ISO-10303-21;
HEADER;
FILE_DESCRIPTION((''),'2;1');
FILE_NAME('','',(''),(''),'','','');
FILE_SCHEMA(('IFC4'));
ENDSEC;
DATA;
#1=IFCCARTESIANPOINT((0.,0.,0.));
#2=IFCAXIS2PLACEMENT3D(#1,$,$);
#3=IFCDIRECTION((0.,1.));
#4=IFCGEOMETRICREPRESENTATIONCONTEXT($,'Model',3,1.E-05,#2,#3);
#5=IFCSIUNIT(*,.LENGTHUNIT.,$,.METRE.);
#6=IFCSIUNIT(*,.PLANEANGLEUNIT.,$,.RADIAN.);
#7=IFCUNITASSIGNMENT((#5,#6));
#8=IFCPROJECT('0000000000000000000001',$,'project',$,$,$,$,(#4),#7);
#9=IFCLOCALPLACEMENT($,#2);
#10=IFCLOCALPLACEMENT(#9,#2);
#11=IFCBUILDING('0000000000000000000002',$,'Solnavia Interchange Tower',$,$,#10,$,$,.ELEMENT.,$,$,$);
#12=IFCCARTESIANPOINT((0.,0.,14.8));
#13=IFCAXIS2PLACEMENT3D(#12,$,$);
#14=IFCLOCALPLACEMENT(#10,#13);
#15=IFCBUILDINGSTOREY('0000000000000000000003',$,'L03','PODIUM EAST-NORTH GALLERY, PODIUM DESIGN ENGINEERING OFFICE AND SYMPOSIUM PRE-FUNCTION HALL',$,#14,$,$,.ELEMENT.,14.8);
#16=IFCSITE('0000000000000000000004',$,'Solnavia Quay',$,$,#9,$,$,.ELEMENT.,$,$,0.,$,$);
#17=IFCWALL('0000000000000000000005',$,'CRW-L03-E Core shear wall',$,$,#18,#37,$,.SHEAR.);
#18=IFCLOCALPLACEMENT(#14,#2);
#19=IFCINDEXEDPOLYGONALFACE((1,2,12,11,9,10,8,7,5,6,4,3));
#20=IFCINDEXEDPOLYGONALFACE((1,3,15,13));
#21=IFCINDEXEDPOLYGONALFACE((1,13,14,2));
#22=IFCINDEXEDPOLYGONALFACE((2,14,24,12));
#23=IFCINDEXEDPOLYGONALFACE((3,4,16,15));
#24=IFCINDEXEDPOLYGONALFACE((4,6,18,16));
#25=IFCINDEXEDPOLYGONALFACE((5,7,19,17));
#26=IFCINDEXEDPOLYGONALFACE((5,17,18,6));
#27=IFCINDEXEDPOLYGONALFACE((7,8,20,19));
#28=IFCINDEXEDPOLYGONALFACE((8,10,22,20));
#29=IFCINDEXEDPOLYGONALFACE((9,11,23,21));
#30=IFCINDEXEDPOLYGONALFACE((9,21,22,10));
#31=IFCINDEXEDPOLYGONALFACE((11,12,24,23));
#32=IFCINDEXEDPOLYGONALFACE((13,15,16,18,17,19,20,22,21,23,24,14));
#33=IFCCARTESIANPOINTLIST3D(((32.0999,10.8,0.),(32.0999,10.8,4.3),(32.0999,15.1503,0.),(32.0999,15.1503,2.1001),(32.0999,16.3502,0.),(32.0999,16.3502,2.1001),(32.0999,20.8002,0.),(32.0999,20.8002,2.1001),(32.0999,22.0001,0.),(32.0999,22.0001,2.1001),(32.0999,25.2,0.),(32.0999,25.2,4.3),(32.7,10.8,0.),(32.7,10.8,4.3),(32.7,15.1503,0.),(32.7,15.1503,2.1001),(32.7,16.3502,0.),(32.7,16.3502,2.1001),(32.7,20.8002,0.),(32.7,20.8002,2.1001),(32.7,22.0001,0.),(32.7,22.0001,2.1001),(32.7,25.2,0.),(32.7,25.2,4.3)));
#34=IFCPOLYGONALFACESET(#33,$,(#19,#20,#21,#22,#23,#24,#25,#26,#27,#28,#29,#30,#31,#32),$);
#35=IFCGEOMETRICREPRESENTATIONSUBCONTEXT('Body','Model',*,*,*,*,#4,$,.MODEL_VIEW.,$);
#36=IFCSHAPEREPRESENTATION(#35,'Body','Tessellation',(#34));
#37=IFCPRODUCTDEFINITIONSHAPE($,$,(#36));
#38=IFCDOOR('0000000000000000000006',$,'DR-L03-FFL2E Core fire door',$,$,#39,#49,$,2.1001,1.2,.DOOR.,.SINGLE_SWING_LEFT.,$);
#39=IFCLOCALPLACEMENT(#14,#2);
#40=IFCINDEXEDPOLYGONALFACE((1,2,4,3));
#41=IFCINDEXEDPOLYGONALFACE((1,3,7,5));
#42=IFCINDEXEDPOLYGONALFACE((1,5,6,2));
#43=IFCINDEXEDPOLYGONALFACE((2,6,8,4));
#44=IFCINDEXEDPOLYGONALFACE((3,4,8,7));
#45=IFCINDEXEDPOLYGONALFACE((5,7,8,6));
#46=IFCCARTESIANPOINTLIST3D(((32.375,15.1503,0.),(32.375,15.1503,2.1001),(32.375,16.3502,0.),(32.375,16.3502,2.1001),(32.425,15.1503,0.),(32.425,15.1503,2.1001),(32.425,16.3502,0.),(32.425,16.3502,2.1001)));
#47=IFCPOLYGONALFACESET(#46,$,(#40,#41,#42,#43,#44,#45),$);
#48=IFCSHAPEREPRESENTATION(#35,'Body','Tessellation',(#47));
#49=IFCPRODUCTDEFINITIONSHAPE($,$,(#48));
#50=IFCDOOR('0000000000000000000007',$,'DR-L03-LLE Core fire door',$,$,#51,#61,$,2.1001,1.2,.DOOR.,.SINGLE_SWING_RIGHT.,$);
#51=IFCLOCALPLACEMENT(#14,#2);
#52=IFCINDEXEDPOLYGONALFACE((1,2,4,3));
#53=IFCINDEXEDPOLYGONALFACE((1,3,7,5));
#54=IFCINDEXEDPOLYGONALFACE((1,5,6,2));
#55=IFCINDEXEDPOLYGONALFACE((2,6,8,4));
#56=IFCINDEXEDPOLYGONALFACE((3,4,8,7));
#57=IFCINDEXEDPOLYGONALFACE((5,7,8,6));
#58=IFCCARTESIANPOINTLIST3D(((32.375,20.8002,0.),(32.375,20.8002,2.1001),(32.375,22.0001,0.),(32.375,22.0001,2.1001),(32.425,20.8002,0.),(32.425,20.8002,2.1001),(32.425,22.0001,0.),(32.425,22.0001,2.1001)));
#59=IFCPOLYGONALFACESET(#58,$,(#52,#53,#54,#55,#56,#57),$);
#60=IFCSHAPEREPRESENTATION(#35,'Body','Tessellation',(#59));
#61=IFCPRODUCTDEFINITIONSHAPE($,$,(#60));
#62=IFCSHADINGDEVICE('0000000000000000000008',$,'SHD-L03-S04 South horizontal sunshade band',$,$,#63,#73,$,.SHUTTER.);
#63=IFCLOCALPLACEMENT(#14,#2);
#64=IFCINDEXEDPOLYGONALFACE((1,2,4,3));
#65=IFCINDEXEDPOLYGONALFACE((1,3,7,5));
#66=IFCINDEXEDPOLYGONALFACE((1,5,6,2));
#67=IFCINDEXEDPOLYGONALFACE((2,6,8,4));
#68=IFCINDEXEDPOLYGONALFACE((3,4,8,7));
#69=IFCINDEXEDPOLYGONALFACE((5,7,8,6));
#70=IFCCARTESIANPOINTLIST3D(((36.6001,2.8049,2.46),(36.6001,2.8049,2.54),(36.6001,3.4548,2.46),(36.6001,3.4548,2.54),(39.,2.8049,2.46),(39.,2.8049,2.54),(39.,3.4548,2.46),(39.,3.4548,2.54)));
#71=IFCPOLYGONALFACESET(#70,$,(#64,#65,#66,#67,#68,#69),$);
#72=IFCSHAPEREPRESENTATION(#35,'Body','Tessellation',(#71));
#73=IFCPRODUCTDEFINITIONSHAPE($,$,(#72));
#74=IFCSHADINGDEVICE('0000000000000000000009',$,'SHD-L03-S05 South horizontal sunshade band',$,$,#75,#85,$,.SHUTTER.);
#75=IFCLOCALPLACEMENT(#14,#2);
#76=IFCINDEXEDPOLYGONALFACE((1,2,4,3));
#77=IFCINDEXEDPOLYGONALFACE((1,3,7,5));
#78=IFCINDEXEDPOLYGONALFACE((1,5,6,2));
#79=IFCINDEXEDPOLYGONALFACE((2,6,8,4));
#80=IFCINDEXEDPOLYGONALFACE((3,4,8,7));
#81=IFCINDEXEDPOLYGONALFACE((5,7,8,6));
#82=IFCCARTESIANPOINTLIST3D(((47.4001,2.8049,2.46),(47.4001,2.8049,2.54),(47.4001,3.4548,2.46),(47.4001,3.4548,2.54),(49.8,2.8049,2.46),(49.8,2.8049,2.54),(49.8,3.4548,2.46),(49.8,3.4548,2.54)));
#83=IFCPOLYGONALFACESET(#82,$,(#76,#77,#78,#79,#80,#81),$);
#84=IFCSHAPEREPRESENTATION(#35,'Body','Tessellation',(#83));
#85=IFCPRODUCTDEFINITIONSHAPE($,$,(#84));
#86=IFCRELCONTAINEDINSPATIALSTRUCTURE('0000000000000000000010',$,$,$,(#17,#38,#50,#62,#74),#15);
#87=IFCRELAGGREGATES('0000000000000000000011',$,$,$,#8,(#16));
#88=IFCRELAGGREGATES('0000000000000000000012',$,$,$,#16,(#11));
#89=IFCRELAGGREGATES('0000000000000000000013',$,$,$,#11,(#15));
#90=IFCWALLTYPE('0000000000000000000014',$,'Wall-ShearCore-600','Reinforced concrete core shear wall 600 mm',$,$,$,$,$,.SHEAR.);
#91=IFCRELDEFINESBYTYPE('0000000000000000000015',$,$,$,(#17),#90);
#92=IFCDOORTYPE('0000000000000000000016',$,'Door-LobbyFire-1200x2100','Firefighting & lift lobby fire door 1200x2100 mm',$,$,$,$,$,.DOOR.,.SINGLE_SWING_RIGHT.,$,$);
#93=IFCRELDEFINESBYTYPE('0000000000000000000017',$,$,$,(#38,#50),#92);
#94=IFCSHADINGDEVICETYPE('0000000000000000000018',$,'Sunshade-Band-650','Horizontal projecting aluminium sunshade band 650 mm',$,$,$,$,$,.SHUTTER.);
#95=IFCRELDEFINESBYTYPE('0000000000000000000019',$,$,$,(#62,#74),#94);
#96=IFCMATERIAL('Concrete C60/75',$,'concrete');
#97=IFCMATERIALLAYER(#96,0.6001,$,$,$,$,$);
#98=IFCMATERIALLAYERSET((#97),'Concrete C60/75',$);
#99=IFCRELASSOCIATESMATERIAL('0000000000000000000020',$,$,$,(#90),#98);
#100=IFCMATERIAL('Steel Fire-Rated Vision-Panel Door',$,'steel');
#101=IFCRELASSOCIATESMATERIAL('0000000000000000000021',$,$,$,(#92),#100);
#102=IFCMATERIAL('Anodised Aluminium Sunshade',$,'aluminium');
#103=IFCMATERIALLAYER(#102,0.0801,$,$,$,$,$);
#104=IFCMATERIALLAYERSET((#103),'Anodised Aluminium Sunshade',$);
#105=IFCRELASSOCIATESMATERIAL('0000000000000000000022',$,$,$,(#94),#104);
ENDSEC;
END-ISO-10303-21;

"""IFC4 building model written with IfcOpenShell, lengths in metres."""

from ifc_helpers import new_model, si_unit, direction, frame, frame_2d, origin, origin_2d, place, context, subcontext, project, spatial, rectangle, extrude, material, layer, layer_set, type_object, element, fill, save


model = new_model("IFC4")

# Units and contexts
model_context = context("Model", 3, precision=1e-05, world=origin(), true_north=direction((0.0, 1.0)))
body_context = subcontext(model_context, "Body", "Model", "MODEL_VIEW")
ifc_project = project(units=[si_unit("LENGTHUNIT", "METRE"), si_unit("PLANEANGLEUNIT", "RADIAN")], contexts=[model_context])

# Site, building, storey
site_placement = place(None, origin())
site = spatial("IfcSite", under=ifc_project, at=site_placement, Name="Solnavia Quay", CompositionType="ELEMENT", RefElevation=0.0)
building_placement = place(site_placement, origin())
building = spatial("IfcBuilding", under=site, at=building_placement, Name="Solnavia Interchange Tower", CompositionType="ELEMENT")
storey_placement = place(building_placement, frame((0.0, 0.0, 14.8)))
storey = spatial("IfcBuildingStorey", under=building, at=storey_placement, Name="L03", Description="PODIUM EAST-NORTH GALLERY, PODIUM DESIGN ENGINEERING OFFICE AND SYMPOSIUM PRE-FUNCTION HALL", CompositionType="ELEMENT", Elevation=14.8)

# Shared definitions
ifc_material_1 = material(Name="Concrete C60/75", Category="concrete")

# Wall, openings, doors
ifc_layer_1 = layer(ifc_material_1, 0.6001)
ifc_layer_set_1 = layer_set([ifc_layer_1], Name="Concrete C60/75")
wall_type_1 = type_object("IfcWallType", Name="Wall-ShearCore-600", Description="Reinforced concrete core shear wall 600 mm", PredefinedType="SHEAR", material=ifc_layer_set_1)
wall_1_placement = place(storey_placement, frame((32.3999, 10.8, 0.0), z_axis=(0.0, 0.0, 1.0), x_axis=(0.0, 1.0, 0.0)))
wall_1 = element("IfcWall", 1, at=wall_1_placement, inside=storey, type_object=wall_type_1, Name="CRW-L03-E Core shear wall", PredefinedType="SHEAR", context=body_context, shape_type="SweptSolid", body=[
    extrude(rectangle(XDim=14.3999, YDim=0.6001, at=frame_2d((7.2, 0.0))), origin(), (0.0, 0.0, 1.0), 4.3),
])
opening_1_placement = place(wall_1_placement, frame((4.3501, 0.0, 0.0)))
opening_1 = element("IfcOpeningElement", 2, at=opening_1_placement, cuts=wall_1, PredefinedType="OPENING", context=body_context, shape_type="SweptSolid", body=[
    extrude(rectangle(XDim=1.2, YDim=2.1001, at=frame_2d((0.6001, 1.05))), frame((0.0, 0.3101, 0.0), z_axis=(0.0, -1.0, 0.0), x_axis=(1.0, 0.0, 0.0)), (0.0, 0.0, 1.0), 0.6201),
])
opening_2_placement = place(wall_1_placement, frame((10.0, 0.0, 0.0)))
opening_2 = element("IfcOpeningElement", 3, at=opening_2_placement, cuts=wall_1, PredefinedType="OPENING", context=body_context, shape_type="SweptSolid", body=[
    extrude(rectangle(XDim=1.2, YDim=2.1001, at=frame_2d((0.6001, 1.05))), frame((0.0, 0.3101, 0.0), z_axis=(0.0, -1.0, 0.0), x_axis=(1.0, 0.0, 0.0)), (0.0, 0.0, 1.0), 0.6201),
])
ifc_material_2 = material(Name="Steel Fire-Rated Vision-Panel Door", Category="steel")
door_type_1 = type_object("IfcDoorType", Name="Door-LobbyFire-1200x2100", Description="Firefighting & lift lobby fire door 1200x2100 mm", OperationType="SINGLE_SWING_RIGHT", PredefinedType="DOOR", material=ifc_material_2)
door_1_placement = place(opening_1_placement, origin())
door_1 = element("IfcDoor", 4, at=door_1_placement, inside=storey, type_object=door_type_1, Name="DR-L03-FFL2E Core fire door", OperationType="SINGLE_SWING_LEFT", OverallHeight=2.1001, OverallWidth=1.2, PredefinedType="DOOR", context=body_context, shape_type="SweptSolid", body=[
    extrude(rectangle(XDim=1.2, YDim=2.1001, at=frame_2d((0.6001, 1.05))), frame((0.0, 0.0249, 0.0), z_axis=(0.0, -1.0, 0.0), x_axis=(1.0, 0.0, 0.0)), (0.0, 0.0, 1.0), 0.05),
])
fill(opening_1, door_1)
door_2_placement = place(opening_2_placement, origin())
door_2 = element("IfcDoor", 5, at=door_2_placement, inside=storey, type_object=door_type_1, Name="DR-L03-LLE Core fire door", OperationType="SINGLE_SWING_RIGHT", OverallHeight=2.1001, OverallWidth=1.2, PredefinedType="DOOR", context=body_context, shape_type="SweptSolid", body=[
    extrude(rectangle(XDim=1.2, YDim=2.1001, at=frame_2d((0.6001, 1.05))), frame((0.0, 0.0249, 0.0), z_axis=(0.0, -1.0, 0.0), x_axis=(1.0, 0.0, 0.0)), (0.0, 0.0, 1.0), 0.05),
])
fill(opening_2, door_2)

# Shading devices
ifc_material_3 = material(Name="Anodised Aluminium Sunshade", Category="aluminium")
ifc_layer_2 = layer(ifc_material_3, 0.0801)
ifc_layer_set_2 = layer_set([ifc_layer_2], Name="Anodised Aluminium Sunshade")
shading_device_type = type_object("IfcShadingDeviceType", Name="Sunshade-Band-650", Description="Horizontal projecting aluminium sunshade band 650 mm", PredefinedType="SHUTTER", material=ifc_layer_set_2)
for number, where, z_axis, x_axis, name in (
    (6, (37.8, 3.1299, 2.46), (0.0, 0.0, 1.0), (1.0, 0.0, 0.0), "SHD-L03-S04 South horizontal sunshade band"),
    (7, (48.6001, 3.1299, 2.46), (0.0, 0.0, 1.0), (1.0, 0.0, 0.0), "SHD-L03-S05 South horizontal sunshade band"),
):
    element("IfcShadingDevice", number, at=place(storey_placement, frame(where, z_axis=z_axis, x_axis=x_axis)), inside=storey, type_object=shading_device_type, Name=name, PredefinedType="SHUTTER", context=body_context, shape_type="SweptSolid", body=[
        extrude(rectangle(XDim=2.3999, YDim=0.6499, at=origin_2d()), origin(), (0.0, 0.0, 1.0), 0.0801),
    ])

save(model, "model.ifc")
